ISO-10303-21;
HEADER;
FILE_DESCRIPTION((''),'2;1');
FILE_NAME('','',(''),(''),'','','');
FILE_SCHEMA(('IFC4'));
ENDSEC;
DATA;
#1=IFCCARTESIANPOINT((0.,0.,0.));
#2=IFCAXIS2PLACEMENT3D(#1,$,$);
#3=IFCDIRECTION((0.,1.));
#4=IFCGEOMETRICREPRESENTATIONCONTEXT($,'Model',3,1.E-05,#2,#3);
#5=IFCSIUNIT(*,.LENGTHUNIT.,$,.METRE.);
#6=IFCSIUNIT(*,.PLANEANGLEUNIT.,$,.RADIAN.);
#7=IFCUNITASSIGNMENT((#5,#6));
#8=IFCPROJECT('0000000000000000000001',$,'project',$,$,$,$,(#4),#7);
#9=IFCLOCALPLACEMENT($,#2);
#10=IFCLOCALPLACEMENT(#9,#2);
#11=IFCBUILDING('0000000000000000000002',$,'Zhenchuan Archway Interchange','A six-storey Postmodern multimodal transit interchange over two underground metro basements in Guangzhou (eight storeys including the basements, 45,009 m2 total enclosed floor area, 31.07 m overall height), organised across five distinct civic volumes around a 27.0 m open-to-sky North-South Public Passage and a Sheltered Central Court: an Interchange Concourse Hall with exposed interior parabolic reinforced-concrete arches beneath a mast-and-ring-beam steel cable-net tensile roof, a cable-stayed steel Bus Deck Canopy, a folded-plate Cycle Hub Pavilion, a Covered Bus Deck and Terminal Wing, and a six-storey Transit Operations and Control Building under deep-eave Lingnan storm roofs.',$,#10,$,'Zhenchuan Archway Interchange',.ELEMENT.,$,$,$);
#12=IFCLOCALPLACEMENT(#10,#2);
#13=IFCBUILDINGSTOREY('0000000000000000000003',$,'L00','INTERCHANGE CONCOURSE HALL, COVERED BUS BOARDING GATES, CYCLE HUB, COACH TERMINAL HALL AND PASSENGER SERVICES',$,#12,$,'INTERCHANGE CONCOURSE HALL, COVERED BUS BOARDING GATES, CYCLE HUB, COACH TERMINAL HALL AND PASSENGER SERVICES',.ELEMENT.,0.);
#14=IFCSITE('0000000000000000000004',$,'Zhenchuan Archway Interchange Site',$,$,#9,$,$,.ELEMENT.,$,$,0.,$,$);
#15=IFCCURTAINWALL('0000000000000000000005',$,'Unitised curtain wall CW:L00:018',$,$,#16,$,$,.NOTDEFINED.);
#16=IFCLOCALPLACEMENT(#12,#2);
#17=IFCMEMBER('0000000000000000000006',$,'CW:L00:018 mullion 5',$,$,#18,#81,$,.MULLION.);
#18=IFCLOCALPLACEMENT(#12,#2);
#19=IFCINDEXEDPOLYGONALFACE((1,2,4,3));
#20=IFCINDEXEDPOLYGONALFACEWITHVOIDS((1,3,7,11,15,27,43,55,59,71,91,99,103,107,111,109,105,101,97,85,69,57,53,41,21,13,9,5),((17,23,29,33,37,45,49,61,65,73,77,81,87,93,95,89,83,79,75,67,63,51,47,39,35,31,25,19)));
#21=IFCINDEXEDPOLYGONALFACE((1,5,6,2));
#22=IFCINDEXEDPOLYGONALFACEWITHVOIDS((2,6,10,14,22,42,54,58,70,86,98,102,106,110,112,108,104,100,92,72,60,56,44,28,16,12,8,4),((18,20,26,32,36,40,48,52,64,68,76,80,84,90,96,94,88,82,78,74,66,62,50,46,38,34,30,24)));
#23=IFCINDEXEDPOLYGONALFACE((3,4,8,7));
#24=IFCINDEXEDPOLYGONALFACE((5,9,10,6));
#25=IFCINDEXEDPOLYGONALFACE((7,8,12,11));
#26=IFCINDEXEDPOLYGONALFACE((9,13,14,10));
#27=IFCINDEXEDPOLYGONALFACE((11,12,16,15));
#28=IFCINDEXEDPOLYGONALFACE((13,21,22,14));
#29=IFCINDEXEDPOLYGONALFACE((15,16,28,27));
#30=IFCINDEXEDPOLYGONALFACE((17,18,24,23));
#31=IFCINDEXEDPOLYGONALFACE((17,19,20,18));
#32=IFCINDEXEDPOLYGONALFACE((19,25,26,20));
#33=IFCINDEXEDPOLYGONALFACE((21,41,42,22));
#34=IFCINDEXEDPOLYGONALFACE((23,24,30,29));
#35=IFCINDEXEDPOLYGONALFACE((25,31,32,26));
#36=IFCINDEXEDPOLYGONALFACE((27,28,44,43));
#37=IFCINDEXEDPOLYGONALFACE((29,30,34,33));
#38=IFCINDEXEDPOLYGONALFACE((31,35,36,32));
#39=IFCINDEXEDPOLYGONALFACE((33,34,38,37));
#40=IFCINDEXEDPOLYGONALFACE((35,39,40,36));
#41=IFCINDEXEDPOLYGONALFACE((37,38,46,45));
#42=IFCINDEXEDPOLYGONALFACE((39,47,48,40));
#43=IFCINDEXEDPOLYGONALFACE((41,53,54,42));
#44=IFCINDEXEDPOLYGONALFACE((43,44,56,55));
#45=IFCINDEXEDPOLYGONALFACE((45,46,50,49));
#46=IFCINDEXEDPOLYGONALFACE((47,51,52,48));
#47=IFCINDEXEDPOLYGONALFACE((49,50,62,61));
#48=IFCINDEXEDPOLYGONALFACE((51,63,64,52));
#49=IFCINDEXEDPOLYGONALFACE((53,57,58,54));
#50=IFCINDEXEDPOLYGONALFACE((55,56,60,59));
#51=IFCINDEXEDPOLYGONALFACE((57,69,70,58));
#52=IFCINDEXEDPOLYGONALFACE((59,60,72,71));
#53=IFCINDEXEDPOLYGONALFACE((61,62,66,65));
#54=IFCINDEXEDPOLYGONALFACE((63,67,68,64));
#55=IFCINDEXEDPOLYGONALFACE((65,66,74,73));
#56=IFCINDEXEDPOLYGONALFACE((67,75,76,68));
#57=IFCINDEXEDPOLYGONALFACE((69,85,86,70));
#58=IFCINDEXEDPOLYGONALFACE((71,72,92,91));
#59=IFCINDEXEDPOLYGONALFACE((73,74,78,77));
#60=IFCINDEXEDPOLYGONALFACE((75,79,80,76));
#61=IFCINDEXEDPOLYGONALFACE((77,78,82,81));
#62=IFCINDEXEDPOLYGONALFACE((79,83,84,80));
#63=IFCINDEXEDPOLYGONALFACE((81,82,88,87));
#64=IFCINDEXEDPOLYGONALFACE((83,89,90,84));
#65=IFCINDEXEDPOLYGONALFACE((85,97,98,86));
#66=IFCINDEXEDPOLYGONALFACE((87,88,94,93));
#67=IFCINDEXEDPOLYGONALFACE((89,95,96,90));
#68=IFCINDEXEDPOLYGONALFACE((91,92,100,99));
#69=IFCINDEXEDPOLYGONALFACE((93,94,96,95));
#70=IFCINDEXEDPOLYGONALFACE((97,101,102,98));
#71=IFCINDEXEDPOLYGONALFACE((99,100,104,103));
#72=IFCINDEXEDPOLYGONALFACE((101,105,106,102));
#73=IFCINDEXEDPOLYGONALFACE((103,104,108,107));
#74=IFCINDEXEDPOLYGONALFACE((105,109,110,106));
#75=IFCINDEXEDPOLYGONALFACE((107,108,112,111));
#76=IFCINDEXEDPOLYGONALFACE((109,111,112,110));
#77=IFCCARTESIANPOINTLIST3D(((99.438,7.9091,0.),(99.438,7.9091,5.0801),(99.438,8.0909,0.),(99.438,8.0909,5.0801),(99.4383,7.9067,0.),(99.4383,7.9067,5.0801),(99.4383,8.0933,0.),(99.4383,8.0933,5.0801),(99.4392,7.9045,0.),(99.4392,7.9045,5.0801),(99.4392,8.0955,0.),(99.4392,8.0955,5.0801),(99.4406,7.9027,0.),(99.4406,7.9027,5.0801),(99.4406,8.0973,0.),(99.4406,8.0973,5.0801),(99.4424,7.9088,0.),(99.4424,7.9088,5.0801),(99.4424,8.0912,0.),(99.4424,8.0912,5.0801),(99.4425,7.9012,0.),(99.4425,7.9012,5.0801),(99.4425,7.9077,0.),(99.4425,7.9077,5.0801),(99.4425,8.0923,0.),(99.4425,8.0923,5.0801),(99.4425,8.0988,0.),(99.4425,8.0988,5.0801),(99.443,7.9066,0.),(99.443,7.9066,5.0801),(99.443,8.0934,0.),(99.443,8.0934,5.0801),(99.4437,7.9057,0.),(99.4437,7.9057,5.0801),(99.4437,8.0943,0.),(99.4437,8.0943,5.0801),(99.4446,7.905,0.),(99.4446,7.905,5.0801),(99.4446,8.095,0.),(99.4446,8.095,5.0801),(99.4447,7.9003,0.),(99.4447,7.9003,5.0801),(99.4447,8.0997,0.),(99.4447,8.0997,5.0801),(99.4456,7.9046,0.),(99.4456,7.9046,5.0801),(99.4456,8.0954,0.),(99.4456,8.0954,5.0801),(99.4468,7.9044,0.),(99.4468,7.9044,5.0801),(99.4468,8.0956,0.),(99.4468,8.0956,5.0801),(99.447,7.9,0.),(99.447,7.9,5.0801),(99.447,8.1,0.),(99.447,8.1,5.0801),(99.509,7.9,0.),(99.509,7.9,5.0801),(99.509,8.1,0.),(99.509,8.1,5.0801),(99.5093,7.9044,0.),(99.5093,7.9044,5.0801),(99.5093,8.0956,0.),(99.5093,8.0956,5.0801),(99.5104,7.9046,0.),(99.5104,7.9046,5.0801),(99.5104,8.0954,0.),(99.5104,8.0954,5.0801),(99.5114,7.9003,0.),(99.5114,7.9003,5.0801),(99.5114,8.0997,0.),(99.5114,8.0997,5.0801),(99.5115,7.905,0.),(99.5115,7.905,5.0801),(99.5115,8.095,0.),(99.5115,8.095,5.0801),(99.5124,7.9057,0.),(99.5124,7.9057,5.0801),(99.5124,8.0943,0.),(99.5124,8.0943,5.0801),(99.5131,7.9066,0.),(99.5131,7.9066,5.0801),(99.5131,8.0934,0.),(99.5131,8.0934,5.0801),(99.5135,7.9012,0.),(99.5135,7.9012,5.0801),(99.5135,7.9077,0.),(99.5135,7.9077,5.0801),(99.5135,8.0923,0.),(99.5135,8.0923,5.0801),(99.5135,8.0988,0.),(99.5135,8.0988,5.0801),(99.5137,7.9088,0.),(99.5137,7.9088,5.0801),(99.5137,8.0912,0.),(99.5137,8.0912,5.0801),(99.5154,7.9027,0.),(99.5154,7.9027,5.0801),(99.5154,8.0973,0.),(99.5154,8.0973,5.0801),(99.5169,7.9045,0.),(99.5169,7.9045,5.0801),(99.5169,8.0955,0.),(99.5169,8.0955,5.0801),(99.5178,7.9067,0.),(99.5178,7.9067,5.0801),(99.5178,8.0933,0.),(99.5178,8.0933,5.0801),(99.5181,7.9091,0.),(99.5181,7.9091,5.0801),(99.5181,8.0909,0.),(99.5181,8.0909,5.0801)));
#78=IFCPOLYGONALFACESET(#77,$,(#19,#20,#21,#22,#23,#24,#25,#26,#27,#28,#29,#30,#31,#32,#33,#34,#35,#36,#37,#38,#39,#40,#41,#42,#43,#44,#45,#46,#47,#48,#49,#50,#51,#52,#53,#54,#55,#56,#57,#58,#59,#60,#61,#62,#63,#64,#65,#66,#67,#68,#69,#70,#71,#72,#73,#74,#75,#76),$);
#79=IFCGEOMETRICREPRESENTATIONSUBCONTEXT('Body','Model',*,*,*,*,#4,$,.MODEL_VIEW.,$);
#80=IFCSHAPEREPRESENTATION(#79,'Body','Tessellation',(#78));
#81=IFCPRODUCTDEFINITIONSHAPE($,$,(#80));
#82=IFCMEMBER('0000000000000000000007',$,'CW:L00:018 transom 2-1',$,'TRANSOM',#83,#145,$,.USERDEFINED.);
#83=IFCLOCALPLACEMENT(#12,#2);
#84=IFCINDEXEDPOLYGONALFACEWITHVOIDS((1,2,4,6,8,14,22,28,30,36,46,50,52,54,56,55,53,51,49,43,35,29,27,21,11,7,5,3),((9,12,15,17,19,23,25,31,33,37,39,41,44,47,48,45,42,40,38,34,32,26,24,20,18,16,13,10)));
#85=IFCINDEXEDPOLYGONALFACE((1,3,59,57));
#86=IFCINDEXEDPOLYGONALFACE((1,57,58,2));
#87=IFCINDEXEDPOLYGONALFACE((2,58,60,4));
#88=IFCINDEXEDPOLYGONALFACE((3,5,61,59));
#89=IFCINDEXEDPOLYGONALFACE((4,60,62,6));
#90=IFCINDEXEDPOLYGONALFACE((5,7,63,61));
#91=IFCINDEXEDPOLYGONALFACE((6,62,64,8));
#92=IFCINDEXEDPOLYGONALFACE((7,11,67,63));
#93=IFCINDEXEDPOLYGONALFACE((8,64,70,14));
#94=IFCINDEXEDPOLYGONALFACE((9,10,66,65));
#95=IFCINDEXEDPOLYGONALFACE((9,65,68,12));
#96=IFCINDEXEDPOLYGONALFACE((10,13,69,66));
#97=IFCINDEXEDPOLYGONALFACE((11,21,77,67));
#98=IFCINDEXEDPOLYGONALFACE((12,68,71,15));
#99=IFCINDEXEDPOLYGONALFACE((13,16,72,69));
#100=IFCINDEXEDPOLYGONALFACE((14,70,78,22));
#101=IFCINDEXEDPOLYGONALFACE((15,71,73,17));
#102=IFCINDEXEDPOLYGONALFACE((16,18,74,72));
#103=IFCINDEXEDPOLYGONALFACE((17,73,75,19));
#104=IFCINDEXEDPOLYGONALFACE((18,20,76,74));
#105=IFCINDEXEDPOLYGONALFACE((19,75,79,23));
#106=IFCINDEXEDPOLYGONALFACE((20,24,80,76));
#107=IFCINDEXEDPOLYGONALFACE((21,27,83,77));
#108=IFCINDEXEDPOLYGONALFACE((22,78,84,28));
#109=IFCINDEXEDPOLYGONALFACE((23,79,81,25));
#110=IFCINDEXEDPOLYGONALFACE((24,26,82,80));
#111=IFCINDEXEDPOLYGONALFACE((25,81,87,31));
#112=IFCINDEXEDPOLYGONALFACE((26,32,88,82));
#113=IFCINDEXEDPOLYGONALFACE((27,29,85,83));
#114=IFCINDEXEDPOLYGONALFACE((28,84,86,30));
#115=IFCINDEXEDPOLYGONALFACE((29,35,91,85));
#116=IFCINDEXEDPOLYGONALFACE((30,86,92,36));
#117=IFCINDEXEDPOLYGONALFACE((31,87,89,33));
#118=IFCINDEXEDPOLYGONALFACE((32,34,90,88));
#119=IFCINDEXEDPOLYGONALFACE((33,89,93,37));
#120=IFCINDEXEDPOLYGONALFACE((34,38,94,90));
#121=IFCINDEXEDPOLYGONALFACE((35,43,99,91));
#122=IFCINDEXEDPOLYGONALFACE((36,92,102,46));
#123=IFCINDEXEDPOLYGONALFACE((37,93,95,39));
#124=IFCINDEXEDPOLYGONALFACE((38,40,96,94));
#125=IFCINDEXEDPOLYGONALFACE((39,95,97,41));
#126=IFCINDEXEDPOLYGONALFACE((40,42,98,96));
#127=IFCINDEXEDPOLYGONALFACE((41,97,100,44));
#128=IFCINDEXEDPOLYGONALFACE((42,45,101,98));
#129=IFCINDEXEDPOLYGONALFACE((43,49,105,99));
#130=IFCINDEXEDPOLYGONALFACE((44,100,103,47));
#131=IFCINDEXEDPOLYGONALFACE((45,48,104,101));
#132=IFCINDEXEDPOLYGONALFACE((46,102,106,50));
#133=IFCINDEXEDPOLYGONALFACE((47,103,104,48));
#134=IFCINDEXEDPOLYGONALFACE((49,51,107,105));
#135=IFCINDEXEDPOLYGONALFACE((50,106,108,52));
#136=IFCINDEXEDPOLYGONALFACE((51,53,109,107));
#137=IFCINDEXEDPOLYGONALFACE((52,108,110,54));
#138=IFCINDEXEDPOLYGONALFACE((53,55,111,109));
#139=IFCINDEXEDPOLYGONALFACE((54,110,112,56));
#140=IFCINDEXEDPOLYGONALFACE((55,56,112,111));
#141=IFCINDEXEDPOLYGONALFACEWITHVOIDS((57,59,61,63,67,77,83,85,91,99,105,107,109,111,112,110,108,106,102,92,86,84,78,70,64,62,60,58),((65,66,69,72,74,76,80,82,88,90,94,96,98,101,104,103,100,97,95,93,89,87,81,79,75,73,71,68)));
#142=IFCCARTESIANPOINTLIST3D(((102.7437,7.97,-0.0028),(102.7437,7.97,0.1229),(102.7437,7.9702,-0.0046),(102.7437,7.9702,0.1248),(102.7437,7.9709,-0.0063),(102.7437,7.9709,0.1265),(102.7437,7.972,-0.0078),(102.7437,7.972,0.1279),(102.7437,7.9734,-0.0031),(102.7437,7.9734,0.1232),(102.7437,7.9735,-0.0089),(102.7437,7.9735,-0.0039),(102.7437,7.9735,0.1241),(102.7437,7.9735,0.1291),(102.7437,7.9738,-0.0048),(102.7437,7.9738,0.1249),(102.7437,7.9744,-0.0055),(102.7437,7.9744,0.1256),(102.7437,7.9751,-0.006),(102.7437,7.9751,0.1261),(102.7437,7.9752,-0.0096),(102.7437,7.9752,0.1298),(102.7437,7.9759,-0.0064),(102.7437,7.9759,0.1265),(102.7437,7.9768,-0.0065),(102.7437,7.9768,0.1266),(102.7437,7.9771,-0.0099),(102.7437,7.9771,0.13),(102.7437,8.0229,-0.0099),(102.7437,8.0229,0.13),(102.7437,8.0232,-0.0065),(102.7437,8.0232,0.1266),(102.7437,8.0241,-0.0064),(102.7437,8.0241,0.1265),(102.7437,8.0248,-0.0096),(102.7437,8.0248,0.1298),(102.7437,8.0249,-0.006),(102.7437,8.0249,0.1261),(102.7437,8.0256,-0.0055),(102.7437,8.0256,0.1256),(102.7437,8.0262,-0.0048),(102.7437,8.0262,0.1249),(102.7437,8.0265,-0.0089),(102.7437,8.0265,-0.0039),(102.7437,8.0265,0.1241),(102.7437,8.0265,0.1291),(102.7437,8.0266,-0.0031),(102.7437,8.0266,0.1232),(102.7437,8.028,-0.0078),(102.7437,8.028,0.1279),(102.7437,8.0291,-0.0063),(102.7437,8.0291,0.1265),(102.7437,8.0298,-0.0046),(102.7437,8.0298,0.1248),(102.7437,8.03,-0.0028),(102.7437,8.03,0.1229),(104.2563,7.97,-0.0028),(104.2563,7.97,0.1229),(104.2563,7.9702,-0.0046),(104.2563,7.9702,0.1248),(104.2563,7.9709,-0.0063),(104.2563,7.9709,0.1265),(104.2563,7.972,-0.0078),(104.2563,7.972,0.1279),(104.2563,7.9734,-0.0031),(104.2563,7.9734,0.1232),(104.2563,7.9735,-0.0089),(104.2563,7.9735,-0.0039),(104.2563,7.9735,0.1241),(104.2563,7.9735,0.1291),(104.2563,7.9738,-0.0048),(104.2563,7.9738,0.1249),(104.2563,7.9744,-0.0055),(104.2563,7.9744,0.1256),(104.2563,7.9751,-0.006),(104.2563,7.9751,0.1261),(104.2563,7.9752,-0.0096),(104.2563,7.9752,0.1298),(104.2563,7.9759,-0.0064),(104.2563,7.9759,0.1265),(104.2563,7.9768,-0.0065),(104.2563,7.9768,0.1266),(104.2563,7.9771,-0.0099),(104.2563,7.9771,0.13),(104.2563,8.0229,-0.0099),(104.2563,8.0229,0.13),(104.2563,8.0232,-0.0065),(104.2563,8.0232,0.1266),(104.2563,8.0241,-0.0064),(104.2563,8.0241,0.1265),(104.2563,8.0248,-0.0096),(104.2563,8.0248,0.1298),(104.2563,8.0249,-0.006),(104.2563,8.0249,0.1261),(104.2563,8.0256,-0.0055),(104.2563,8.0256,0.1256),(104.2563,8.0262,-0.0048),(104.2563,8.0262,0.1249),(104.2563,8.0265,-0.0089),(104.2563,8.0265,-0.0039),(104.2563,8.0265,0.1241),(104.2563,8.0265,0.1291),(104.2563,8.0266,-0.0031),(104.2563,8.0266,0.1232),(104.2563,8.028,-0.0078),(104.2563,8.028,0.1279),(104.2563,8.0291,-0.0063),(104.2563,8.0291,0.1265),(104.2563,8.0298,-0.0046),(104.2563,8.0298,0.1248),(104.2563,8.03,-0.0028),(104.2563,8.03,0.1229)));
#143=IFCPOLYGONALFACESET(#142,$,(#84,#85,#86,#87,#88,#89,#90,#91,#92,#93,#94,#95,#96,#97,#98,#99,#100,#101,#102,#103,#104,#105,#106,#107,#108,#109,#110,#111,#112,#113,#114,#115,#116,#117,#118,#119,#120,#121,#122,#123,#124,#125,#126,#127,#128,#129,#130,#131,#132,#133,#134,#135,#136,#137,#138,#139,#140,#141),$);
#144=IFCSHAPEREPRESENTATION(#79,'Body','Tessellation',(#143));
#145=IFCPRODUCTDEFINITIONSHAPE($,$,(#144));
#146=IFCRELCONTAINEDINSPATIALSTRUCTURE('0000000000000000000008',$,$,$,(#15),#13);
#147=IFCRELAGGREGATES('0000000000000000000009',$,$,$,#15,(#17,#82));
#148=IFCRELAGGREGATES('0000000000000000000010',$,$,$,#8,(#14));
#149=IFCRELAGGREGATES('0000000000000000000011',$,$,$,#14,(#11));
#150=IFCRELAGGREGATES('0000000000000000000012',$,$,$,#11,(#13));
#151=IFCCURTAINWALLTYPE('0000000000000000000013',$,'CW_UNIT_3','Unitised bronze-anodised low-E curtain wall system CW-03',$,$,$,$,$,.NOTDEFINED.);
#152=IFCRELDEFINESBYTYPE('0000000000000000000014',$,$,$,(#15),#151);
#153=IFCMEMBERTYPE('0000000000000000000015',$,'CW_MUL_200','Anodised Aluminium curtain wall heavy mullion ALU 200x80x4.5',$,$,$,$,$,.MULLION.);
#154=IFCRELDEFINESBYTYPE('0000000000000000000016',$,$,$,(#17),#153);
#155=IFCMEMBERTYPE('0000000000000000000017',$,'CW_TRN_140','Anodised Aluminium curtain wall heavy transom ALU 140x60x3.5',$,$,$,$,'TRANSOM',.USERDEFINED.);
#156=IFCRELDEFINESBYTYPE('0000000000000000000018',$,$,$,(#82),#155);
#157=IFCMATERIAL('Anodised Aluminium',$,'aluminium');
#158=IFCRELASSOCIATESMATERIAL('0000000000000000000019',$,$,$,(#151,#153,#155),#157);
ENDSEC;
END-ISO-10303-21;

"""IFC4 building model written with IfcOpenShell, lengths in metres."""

from ifc_helpers import new_model, si_unit, direction, frame, origin, origin_2d, place, context, subcontext, project, spatial, hollow_rectangle, extrude, material, material_profile, profile_set, type_object, element, aggregate, save


model = new_model("IFC4")

# Units and contexts
model_context = context("Model", 3, precision=1e-05, world=origin(), true_north=direction((0.0, 1.0)))
body_context = subcontext(model_context, "Body", "Model", "MODEL_VIEW")
ifc_project = project(units=[si_unit("LENGTHUNIT", "METRE"), si_unit("PLANEANGLEUNIT", "RADIAN")], contexts=[model_context])

# Site, building, storey
site_placement = place(None, origin())
site = spatial("IfcSite", under=ifc_project, at=site_placement, Name="Zhenchuan Archway Interchange Site", CompositionType="ELEMENT", RefElevation=0.0)
building_placement = place(site_placement, origin())
building = spatial("IfcBuilding", under=site, at=building_placement, Name="Zhenchuan Archway Interchange", Description="A six-storey Postmodern multimodal transit interchange over two underground metro basements in Guangzhou (eight storeys including the basements, 45,009 m2 total enclosed floor area, 31.07 m overall height), organised across five distinct civic volumes around a 27.0 m open-to-sky North-South Public Passage and a Sheltered Central Court: an Interchange Concourse Hall with exposed interior parabolic reinforced-concrete arches beneath a mast-and-ring-beam steel cable-net tensile roof, a cable-stayed steel Bus Deck Canopy, a folded-plate Cycle Hub Pavilion, a Covered Bus Deck and Terminal Wing, and a six-storey Transit Operations and Control Building under deep-eave Lingnan storm roofs.", LongName="Zhenchuan Archway Interchange", CompositionType="ELEMENT")
storey_placement = place(building_placement, origin())
storey = spatial("IfcBuildingStorey", under=building, at=storey_placement, Name="L00", Description="INTERCHANGE CONCOURSE HALL, COVERED BUS BOARDING GATES, CYCLE HUB, COACH TERMINAL HALL AND PASSENGER SERVICES", LongName="INTERCHANGE CONCOURSE HALL, COVERED BUS BOARDING GATES, CYCLE HUB, COACH TERMINAL HALL AND PASSENGER SERVICES", CompositionType="ELEMENT", Elevation=0.0)

# Curtain wall, members
ifc_material_1 = material(Name="Anodised Aluminium", Category="aluminium")
curtain_wall_type = type_object("IfcCurtainWallType", Name="CW_UNIT_3", Description="Unitised bronze-anodised low-E curtain wall system CW-03", PredefinedType="NOTDEFINED", material=ifc_material_1)
curtain_wall_placement = place(storey_placement, origin())
curtain_wall = element("IfcCurtainWall", 1, at=curtain_wall_placement, inside=storey, type_object=curtain_wall_type, Name="Unitised curtain wall CW:L00:018", PredefinedType="NOTDEFINED")
ifc_material_profile_1 = material_profile(ifc_material_1, hollow_rectangle(XDim=0.0801, YDim=0.2, WallThickness=0.0044, InnerFilletRadius=0.0044, OuterFilletRadius=0.009, at=origin_2d()), Name="ALU 200x80x4.5")
ifc_profile_set_1 = profile_set([ifc_material_profile_1], Name="Anodised Aluminium")
member_type_1 = type_object("IfcMemberType", Name="CW_MUL_200", Description="Anodised Aluminium curtain wall heavy mullion ALU 200x80x4.5", PredefinedType="MULLION", material=ifc_profile_set_1)
member_1_placement = place(storey_placement, frame((99.478, 8.0, 0.0), z_axis=(0.0, 0.0, 1.0), x_axis=(1.0, 0.0, 0.0)))
member_1 = element("IfcMember", 2, at=member_1_placement, type_object=member_type_1, Name="CW:L00:018 mullion 5", PredefinedType="MULLION", context=body_context, shape_type="SweptSolid", body=[
    extrude(hollow_rectangle(XDim=0.0801, YDim=0.2, WallThickness=0.0044, InnerFilletRadius=0.0044, OuterFilletRadius=0.009, at=origin_2d()), origin(), (0.0, 0.0, 1.0), 5.0801),
])
ifc_material_profile_2 = material_profile(ifc_material_1, hollow_rectangle(XDim=0.0601, YDim=0.1399, WallThickness=0.0034, InnerFilletRadius=0.0034, OuterFilletRadius=0.0071, at=origin_2d()), Name="ALU 140x60x3.5")
ifc_profile_set_2 = profile_set([ifc_material_profile_2], Name="Anodised Aluminium")
member_type_2 = type_object("IfcMemberType", Name="CW_TRN_140", Description="Anodised Aluminium curtain wall heavy transom ALU 140x60x3.5", ElementType="TRANSOM", PredefinedType="USERDEFINED", material=ifc_profile_set_2)
member_2_placement = place(storey_placement, frame((104.2563, 8.0, 0.0601), z_axis=(-1.0, 0.0, 0.0), x_axis=(0.0, -1.0, 0.0)))
member_2 = element("IfcMember", 3, at=member_2_placement, type_object=member_type_2, Name="CW:L00:018 transom 2-1", ObjectType="TRANSOM", PredefinedType="USERDEFINED", context=body_context, shape_type="SweptSolid", body=[
    extrude(hollow_rectangle(XDim=0.0601, YDim=0.1399, WallThickness=0.0034, InnerFilletRadius=0.0034, OuterFilletRadius=0.0071, at=origin_2d()), origin(), (0.0, 0.0, 1.0), 1.5127),
])

aggregate(curtain_wall, [member_1, member_2])

save(model, "model.ifc")
